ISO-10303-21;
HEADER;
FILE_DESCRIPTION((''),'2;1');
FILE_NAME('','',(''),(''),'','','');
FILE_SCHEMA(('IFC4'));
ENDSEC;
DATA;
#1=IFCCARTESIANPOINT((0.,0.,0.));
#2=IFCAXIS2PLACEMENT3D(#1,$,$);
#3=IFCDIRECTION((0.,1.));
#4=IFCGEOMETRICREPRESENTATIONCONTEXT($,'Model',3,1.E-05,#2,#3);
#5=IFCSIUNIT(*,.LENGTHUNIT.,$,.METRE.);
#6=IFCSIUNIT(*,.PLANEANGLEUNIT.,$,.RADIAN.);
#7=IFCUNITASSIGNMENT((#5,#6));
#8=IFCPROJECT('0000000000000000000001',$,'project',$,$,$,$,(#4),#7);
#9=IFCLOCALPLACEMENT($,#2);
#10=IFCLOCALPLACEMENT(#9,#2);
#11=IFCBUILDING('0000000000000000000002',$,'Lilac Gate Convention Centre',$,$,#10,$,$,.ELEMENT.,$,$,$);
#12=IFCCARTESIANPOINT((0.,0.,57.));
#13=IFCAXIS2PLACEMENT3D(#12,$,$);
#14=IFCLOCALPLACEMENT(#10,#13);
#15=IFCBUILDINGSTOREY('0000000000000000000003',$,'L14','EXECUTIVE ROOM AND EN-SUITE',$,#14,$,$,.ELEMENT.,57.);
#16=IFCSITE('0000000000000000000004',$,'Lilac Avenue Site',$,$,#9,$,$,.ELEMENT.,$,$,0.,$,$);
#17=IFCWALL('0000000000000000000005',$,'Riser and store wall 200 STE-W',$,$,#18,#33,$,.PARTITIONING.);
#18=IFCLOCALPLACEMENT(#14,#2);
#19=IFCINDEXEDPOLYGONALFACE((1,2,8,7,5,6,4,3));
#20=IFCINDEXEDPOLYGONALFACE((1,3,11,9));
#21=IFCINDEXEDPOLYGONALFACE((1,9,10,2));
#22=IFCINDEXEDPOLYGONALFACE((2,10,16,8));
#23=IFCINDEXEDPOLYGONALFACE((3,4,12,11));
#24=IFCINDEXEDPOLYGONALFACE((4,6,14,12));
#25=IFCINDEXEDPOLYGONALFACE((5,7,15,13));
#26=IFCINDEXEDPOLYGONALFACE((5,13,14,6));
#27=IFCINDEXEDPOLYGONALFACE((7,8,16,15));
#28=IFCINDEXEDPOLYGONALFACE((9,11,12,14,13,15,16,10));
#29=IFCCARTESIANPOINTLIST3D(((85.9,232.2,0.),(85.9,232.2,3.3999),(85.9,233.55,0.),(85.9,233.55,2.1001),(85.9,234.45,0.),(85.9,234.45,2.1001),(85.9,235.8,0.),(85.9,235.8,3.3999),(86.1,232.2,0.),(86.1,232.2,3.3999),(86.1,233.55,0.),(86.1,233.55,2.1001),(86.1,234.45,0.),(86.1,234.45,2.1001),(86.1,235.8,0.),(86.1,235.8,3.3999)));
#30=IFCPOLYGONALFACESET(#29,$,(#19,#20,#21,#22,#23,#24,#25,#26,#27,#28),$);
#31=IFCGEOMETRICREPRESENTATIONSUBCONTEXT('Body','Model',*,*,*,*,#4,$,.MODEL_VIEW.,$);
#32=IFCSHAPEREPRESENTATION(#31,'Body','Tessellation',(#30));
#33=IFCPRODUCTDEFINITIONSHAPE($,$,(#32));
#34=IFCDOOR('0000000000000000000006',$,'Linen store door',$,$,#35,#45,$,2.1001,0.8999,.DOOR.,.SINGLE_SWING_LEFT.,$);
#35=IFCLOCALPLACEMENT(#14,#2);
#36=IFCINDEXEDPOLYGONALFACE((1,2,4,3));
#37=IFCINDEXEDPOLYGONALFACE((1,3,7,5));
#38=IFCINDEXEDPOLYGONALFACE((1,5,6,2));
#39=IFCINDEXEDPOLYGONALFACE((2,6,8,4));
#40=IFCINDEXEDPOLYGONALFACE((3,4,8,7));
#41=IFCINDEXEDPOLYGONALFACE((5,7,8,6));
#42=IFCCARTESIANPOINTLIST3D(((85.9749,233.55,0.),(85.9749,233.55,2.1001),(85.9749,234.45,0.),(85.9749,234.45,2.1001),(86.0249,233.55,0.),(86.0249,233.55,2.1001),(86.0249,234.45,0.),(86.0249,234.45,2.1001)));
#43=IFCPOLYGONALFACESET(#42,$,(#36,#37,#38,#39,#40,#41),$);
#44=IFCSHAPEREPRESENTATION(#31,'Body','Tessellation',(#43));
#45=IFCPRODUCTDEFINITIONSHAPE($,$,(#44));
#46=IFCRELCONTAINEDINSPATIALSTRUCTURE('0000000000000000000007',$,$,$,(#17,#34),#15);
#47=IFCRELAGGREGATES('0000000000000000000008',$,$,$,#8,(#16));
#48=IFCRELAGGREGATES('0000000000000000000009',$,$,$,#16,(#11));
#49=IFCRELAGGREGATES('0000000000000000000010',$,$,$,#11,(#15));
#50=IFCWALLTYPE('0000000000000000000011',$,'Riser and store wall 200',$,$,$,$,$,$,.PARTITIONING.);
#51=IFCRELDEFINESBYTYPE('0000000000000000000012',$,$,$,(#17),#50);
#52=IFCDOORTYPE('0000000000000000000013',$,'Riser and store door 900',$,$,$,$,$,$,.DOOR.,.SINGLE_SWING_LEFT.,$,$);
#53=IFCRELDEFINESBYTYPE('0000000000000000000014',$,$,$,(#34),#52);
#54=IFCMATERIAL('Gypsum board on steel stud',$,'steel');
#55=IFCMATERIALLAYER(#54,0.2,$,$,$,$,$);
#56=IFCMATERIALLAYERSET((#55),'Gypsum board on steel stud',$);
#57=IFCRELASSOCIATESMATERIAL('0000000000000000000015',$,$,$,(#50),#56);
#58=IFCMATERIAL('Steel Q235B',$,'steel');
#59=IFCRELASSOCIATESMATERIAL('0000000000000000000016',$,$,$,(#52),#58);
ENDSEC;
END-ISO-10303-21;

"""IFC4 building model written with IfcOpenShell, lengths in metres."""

from ifc_helpers import new_model, si_unit, direction, frame, frame_2d, origin, place, context, subcontext, project, spatial, rectangle, extrude, material, layer, layer_set, type_object, element, fill, save


model = new_model("IFC4")

# Units and contexts
model_context = context("Model", 3, precision=1e-05, world=origin(), true_north=direction((0.0, 1.0)))
body_context = subcontext(model_context, "Body", "Model", "MODEL_VIEW")
ifc_project = project(units=[si_unit("LENGTHUNIT", "METRE"), si_unit("PLANEANGLEUNIT", "RADIAN")], contexts=[model_context])

# Site, building, storey
site_placement = place(None, origin())
site = spatial("IfcSite", under=ifc_project, at=site_placement, Name="Lilac Avenue Site", CompositionType="ELEMENT", RefElevation=0.0)
building_placement = place(site_placement, origin())
building = spatial("IfcBuilding", under=site, at=building_placement, Name="Lilac Gate Convention Centre", CompositionType="ELEMENT")
storey_placement = place(building_placement, frame((0.0, 0.0, 57.0)))
storey = spatial("IfcBuildingStorey", under=building, at=storey_placement, Name="L14", Description="EXECUTIVE ROOM AND EN-SUITE", CompositionType="ELEMENT", Elevation=57.0)

# Shared definitions
ifc_material_1 = material(Name="Gypsum board on steel stud", Category="steel")

# Shared definitions
ifc_layer_1 = layer(ifc_material_1, 0.2)
ifc_layer_set_1 = layer_set([ifc_layer_1], Name="Gypsum board on steel stud")
wall_type_1 = type_object("IfcWallType", Name="Riser and store wall 200", PredefinedType="PARTITIONING", material=ifc_layer_set_1)

# Wall, opening, door
wall_1_placement = place(storey_placement, frame((86.0, 235.8, 0.0), z_axis=(0.0, 0.0, 1.0), x_axis=(0.0, -1.0, 0.0)))
wall_1 = element("IfcWall", 1, at=wall_1_placement, inside=storey, type_object=wall_type_1, Name="Riser and store wall 200 STE-W", PredefinedType="PARTITIONING", context=body_context, shape_type="SweptSolid", body=[
    extrude(rectangle(XDim=3.6001, YDim=0.2, at=frame_2d((1.8, 0.0))), origin(), (0.0, 0.0, 1.0), 3.3999),
])
opening_1_placement = place(wall_1_placement, frame((1.3501, 0.0, 0.0)))
opening_1 = element("IfcOpeningElement", 2, at=opening_1_placement, cuts=wall_1, PredefinedType="OPENING", context=body_context, shape_type="SweptSolid", body=[
    extrude(rectangle(XDim=0.8999, YDim=2.1001, at=frame_2d((0.45, 1.05))), frame((0.0, 0.1099, 0.0), z_axis=(0.0, -1.0, 0.0), x_axis=(1.0, 0.0, 0.0)), (0.0, 0.0, 1.0), 0.22),
])
ifc_material_2 = material(Name="Steel Q235B", Category="steel")
door_type_1 = type_object("IfcDoorType", Name="Riser and store door 900", OperationType="SINGLE_SWING_LEFT", PredefinedType="DOOR", material=ifc_material_2)
door_1_placement = place(opening_1_placement, origin())
door_1 = element("IfcDoor", 3, at=door_1_placement, inside=storey, type_object=door_type_1, Name="Linen store door", OperationType="SINGLE_SWING_LEFT", OverallHeight=2.1001, OverallWidth=0.8999, PredefinedType="DOOR", context=body_context, shape_type="SweptSolid", body=[
    extrude(rectangle(XDim=0.8999, YDim=2.1001, at=frame_2d((0.45, 1.05))), frame((0.0, 0.0249, 0.0), z_axis=(0.0, -1.0, 0.0), x_axis=(1.0, 0.0, 0.0)), (0.0, 0.0, 1.0), 0.05),
])
fill(opening_1, door_1)

save(model, "model.ifc")
